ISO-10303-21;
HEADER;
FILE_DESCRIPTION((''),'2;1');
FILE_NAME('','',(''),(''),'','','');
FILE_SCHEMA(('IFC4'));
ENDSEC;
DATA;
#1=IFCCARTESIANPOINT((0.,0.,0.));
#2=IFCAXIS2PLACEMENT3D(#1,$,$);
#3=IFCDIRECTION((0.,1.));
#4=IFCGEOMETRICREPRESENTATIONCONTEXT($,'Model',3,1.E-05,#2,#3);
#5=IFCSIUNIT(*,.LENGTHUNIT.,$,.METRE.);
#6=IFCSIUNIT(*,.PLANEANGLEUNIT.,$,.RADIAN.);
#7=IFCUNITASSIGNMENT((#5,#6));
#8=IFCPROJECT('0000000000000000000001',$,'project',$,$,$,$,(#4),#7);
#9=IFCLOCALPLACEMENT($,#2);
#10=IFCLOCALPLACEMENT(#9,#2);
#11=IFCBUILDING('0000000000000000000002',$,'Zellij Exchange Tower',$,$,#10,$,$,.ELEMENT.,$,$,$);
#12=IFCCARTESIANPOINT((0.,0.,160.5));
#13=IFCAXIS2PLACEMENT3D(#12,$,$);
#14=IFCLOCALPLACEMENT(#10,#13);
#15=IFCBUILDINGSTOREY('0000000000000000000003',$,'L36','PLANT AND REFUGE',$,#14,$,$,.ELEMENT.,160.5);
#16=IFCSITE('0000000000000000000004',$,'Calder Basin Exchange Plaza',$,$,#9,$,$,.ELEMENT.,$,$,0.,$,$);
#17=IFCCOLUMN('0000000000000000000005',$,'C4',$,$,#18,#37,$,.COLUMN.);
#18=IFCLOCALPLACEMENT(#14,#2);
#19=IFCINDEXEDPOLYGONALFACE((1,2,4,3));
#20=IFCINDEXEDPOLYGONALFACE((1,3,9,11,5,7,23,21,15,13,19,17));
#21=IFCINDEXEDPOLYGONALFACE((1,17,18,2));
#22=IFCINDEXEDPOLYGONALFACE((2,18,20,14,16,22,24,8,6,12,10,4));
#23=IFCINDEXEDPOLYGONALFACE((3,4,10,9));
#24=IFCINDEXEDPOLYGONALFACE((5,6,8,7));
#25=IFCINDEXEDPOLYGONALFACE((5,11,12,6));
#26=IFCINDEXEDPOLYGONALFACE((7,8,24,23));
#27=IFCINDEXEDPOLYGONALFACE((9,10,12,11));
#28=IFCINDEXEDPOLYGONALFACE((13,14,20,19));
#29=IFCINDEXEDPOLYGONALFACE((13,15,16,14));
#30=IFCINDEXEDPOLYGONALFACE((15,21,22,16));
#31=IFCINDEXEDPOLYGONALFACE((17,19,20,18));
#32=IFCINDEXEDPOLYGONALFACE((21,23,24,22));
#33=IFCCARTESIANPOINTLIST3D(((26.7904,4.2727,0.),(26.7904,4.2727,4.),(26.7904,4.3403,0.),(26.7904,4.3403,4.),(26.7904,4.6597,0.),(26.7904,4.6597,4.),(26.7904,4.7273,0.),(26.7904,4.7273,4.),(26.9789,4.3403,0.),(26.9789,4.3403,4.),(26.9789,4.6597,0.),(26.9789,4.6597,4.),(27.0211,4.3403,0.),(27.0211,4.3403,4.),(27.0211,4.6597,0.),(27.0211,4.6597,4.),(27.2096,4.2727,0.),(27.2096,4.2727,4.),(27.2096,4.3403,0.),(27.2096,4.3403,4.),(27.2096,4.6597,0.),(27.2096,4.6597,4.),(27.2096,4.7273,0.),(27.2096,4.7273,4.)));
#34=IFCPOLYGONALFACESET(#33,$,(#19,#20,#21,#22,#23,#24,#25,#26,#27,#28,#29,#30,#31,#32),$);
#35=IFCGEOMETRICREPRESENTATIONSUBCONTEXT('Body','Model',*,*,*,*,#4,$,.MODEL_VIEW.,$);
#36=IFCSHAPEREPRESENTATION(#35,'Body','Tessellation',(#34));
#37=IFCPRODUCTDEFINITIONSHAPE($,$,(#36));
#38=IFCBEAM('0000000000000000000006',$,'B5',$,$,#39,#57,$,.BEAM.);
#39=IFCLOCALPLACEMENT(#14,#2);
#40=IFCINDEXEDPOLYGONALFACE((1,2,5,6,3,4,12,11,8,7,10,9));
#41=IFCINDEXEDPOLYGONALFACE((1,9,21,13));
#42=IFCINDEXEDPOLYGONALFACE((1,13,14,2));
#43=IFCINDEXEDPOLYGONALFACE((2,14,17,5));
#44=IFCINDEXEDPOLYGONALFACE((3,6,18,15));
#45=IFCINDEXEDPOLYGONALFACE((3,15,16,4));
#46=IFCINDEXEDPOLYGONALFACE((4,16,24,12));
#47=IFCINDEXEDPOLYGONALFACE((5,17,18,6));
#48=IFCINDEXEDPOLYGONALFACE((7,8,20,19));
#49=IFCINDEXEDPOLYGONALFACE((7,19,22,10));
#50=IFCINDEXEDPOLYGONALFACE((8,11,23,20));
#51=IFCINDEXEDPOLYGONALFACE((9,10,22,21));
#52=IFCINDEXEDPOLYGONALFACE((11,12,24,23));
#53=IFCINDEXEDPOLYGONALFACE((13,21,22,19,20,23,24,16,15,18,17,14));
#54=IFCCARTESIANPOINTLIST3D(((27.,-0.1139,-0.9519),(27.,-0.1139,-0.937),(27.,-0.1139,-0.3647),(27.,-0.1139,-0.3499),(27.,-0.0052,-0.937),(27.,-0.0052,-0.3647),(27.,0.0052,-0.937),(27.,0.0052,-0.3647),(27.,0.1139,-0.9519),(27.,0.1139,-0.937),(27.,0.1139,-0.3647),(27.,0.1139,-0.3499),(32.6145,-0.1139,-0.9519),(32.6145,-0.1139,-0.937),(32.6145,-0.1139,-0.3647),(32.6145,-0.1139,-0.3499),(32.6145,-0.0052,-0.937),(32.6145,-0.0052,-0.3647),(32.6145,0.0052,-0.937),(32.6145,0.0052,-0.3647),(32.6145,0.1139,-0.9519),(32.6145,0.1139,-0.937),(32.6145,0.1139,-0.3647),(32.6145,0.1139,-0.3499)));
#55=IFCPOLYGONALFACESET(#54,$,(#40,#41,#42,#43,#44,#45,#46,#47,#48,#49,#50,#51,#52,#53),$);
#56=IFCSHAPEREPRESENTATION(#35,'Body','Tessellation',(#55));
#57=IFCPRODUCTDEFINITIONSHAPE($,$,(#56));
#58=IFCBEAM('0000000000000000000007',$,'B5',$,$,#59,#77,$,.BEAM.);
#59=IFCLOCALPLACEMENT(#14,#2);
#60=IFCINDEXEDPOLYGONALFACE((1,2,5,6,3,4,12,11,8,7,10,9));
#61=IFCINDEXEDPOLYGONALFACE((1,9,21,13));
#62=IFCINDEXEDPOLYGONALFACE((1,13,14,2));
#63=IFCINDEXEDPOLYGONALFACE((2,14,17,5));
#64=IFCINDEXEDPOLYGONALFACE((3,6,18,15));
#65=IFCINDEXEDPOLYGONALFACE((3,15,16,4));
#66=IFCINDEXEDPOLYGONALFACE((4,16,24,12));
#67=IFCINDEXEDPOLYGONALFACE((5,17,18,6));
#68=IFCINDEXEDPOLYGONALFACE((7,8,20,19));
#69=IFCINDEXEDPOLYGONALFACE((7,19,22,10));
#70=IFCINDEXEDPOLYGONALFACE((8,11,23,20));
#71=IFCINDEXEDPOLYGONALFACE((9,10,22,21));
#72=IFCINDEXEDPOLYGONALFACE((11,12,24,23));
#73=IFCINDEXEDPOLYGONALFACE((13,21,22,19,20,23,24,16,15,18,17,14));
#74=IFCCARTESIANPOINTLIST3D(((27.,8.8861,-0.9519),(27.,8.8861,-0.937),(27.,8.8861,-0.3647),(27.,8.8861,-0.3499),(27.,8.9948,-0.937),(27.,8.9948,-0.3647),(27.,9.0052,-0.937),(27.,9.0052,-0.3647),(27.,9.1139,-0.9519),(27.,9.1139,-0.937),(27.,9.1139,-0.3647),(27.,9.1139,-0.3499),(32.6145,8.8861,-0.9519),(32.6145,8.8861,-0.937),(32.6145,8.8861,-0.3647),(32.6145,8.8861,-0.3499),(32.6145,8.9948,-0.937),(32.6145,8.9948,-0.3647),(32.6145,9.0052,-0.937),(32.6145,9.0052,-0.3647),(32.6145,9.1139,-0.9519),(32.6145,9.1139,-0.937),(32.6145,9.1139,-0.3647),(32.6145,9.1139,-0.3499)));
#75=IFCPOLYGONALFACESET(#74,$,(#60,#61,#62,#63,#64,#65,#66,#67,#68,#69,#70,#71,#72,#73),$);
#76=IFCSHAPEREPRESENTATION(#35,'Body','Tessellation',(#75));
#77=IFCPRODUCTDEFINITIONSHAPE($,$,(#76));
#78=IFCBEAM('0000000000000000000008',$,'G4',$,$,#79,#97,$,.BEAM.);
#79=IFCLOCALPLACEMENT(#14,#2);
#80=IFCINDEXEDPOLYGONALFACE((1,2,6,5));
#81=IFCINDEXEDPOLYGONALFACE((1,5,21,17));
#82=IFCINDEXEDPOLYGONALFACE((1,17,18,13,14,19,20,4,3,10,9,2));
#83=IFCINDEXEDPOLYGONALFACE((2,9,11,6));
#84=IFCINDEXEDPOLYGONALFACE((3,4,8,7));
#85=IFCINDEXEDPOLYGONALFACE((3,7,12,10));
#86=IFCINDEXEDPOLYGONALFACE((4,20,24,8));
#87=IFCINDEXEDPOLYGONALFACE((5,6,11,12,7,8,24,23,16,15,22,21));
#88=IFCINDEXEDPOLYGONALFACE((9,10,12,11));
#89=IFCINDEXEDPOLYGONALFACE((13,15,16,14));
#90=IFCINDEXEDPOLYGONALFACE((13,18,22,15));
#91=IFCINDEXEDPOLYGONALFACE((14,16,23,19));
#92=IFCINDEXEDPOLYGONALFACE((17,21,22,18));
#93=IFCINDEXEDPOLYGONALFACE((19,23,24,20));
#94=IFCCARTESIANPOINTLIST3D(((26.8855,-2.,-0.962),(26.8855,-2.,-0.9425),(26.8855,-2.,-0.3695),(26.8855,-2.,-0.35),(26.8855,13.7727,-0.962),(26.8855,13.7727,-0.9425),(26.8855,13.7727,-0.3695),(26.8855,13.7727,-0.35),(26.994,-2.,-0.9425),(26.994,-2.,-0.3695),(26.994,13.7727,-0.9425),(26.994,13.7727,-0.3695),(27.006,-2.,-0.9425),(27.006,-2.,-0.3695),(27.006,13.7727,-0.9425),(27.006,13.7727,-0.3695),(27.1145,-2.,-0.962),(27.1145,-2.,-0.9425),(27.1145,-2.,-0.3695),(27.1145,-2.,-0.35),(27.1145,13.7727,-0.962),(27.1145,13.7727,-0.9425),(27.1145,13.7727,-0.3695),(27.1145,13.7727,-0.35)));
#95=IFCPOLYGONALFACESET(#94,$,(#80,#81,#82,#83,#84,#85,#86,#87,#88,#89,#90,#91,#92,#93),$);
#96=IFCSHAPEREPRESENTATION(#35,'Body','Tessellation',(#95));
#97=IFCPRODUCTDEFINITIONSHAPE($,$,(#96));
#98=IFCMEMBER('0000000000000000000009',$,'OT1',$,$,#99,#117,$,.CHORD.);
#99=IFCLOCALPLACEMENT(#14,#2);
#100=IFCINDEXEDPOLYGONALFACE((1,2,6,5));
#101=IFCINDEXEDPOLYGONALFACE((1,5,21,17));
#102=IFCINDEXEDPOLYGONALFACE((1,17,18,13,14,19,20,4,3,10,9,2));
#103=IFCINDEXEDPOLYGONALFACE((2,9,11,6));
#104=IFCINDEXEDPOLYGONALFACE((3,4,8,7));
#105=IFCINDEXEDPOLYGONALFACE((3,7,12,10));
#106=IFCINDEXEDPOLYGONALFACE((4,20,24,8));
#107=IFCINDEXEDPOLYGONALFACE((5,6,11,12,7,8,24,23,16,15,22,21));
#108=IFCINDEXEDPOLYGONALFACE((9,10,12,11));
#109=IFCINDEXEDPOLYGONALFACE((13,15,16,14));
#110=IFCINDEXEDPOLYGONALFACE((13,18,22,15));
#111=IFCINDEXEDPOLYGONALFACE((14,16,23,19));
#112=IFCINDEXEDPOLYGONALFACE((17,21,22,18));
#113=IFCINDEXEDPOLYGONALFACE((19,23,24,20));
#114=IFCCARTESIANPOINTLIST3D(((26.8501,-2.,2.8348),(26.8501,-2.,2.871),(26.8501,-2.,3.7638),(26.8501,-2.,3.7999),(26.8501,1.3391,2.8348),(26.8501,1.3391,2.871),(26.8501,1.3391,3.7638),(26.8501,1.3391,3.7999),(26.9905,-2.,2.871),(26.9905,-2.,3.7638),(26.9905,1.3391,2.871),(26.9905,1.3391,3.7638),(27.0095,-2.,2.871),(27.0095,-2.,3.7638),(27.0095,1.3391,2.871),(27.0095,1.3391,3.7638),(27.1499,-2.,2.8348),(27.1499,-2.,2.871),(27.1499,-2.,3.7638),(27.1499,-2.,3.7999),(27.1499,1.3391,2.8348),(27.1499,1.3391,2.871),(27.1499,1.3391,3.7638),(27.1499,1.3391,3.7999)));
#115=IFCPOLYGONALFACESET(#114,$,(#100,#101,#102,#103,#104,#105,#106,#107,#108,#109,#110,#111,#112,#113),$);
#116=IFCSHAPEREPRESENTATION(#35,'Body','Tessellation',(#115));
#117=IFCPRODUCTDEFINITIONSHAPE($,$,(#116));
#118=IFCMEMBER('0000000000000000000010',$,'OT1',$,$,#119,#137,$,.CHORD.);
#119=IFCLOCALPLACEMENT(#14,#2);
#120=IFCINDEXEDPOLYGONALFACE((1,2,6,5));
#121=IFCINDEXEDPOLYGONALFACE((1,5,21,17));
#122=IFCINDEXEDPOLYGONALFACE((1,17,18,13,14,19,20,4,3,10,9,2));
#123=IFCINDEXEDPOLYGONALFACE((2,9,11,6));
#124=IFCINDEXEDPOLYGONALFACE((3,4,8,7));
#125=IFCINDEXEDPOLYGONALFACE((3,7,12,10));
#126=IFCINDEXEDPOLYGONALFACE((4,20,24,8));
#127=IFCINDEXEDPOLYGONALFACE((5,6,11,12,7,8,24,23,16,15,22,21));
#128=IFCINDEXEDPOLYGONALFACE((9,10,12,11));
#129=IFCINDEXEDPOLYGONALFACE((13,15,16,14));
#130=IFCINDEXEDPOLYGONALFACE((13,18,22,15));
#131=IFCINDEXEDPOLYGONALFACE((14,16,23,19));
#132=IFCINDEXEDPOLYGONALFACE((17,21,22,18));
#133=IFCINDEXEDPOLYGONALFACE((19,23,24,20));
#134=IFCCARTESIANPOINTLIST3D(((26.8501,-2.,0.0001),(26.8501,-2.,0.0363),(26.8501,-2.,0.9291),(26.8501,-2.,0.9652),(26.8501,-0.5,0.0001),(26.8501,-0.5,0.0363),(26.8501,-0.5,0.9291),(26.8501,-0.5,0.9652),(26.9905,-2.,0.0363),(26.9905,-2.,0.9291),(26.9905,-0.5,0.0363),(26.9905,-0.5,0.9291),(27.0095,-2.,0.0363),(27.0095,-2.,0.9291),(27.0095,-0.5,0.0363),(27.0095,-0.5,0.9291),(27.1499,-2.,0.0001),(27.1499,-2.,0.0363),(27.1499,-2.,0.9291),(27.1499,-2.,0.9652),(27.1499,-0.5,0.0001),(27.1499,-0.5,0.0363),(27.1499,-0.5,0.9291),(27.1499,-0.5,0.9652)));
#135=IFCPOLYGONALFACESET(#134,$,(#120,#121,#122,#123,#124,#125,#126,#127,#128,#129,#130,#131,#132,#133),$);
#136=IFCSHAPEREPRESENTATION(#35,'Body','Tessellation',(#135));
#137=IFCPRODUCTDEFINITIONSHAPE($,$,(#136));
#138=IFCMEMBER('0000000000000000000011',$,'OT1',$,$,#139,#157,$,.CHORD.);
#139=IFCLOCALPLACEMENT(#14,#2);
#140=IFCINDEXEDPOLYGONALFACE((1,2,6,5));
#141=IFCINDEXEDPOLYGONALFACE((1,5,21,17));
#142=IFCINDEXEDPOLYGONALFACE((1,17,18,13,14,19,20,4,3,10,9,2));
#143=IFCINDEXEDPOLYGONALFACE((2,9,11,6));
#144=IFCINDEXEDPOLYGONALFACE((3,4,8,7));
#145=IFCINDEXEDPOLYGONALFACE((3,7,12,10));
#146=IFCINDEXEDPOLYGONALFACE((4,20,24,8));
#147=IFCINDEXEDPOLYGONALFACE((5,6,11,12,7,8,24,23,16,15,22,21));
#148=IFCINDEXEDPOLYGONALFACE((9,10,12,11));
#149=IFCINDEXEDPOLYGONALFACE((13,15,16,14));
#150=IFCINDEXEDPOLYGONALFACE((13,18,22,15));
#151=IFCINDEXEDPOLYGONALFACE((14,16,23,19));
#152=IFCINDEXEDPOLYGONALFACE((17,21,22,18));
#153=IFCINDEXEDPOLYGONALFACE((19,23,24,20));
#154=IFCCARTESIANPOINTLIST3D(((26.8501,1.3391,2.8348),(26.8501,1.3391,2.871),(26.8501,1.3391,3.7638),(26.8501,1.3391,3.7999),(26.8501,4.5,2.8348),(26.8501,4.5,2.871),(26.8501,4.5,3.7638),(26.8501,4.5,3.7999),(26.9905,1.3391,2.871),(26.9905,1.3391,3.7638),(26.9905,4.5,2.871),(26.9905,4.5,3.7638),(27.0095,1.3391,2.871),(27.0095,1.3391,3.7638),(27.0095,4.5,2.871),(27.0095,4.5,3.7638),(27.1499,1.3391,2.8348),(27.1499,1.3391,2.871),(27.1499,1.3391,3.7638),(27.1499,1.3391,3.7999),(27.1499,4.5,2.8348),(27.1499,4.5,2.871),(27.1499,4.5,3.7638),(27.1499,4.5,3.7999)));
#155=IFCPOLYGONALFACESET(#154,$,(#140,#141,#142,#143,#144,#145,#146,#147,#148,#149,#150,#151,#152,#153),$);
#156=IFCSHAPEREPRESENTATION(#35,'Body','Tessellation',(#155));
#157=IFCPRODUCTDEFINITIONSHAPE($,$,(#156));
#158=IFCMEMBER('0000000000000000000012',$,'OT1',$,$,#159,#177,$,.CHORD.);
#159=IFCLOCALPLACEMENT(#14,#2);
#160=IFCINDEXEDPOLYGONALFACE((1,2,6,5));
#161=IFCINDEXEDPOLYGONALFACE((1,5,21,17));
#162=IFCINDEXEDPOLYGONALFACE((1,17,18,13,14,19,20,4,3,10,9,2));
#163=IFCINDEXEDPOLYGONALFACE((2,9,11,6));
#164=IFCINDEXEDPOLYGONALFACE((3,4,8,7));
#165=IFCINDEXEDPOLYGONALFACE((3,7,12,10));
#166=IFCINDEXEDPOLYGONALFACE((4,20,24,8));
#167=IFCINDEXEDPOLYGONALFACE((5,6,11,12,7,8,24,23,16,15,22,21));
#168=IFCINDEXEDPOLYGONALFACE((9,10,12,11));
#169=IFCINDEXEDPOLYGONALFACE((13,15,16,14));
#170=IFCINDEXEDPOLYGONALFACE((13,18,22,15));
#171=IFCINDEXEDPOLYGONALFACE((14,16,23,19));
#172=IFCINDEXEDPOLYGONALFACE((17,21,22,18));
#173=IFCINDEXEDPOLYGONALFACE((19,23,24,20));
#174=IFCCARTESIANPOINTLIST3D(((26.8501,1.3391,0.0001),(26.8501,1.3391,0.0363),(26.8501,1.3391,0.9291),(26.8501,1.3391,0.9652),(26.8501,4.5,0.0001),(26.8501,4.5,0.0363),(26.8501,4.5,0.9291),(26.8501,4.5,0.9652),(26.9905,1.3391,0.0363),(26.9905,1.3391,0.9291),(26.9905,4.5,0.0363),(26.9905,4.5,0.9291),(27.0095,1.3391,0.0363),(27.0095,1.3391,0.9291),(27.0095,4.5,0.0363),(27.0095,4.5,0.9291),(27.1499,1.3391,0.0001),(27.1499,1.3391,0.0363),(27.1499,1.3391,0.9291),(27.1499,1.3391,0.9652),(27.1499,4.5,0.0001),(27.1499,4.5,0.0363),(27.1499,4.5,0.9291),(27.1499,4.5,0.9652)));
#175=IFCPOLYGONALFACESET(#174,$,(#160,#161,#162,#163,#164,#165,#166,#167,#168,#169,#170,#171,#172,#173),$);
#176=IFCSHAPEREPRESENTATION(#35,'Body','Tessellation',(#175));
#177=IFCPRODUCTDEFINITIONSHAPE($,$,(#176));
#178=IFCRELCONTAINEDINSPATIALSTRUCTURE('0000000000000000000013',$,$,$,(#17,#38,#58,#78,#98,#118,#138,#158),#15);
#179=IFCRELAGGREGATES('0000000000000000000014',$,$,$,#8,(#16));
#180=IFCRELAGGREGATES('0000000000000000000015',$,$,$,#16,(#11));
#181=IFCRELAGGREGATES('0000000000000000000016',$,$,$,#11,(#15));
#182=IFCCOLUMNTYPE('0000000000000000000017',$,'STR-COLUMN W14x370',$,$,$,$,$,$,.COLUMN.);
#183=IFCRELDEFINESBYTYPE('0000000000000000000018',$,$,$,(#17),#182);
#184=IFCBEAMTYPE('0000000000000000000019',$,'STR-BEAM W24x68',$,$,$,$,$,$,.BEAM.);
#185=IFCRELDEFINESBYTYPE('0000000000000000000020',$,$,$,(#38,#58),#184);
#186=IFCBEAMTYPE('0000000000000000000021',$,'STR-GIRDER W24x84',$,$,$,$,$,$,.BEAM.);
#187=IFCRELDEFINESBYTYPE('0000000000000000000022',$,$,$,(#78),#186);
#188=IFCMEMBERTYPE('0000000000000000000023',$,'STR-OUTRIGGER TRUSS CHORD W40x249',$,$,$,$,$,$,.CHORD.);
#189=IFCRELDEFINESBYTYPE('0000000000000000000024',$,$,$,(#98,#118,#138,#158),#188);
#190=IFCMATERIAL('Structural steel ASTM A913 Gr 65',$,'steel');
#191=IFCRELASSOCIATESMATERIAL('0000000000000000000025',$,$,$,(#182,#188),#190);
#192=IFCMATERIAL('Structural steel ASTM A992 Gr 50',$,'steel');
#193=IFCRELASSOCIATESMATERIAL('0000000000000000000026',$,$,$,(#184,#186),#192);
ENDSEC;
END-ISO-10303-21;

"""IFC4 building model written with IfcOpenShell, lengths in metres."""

from ifc_helpers import new_model, si_unit, direction, frame, origin, origin_2d, place, context, subcontext, project, spatial, i_section, extrude, material, material_profile, profile_set, type_object, element, save


model = new_model("IFC4")

# Units and contexts
model_context = context("Model", 3, precision=1e-05, world=origin(), true_north=direction((0.0, 1.0)))
body_context = subcontext(model_context, "Body", "Model", "MODEL_VIEW")
ifc_project = project(units=[si_unit("LENGTHUNIT", "METRE"), si_unit("PLANEANGLEUNIT", "RADIAN")], contexts=[model_context])

# Site, building, storey
site_placement = place(None, origin())
site = spatial("IfcSite", under=ifc_project, at=site_placement, Name="Calder Basin Exchange Plaza", CompositionType="ELEMENT", RefElevation=0.0)
building_placement = place(site_placement, origin())
building = spatial("IfcBuilding", under=site, at=building_placement, Name="Zellij Exchange Tower", CompositionType="ELEMENT")
storey_placement = place(building_placement, frame((0.0, 0.0, 160.5)))
storey = spatial("IfcBuildingStorey", under=building, at=storey_placement, Name="L36", Description="PLANT AND REFUGE", CompositionType="ELEMENT", Elevation=160.5)

# Column
ifc_material_1 = material(Name="Structural steel ASTM A913 Gr 65", Category="steel")
ifc_material_profile_1 = material_profile(ifc_material_1, i_section(OverallWidth=0.4192, OverallDepth=0.4546, WebThickness=0.0422, FlangeThickness=0.0676, at=origin_2d()), Name="W14x370")
ifc_profile_set_1 = profile_set([ifc_material_profile_1], Name="Structural steel ASTM A913 Gr 65")
column_type = type_object("IfcColumnType", Name="STR-COLUMN W14x370", PredefinedType="COLUMN", material=ifc_profile_set_1)
column_placement = place(storey_placement, frame((27.0, 4.5, 0.0), z_axis=(0.0, 0.0, 1.0), x_axis=(1.0, 0.0, 0.0)))
element("IfcColumn", 1, at=column_placement, inside=storey, type_object=column_type, Name="C4", PredefinedType="COLUMN", context=body_context, shape_type="SweptSolid", body=[
    extrude(i_section(OverallWidth=0.4192, OverallDepth=0.4546, WebThickness=0.0422, FlangeThickness=0.0676, at=origin_2d()), origin(), (0.0, 0.0, 1.0), 4.0),
])

# Beams
ifc_material_2 = material(Name="Structural steel ASTM A992 Gr 50", Category="steel")
ifc_material_profile_2 = material_profile(ifc_material_2, i_section(OverallWidth=0.2278, OverallDepth=0.6021, WebThickness=0.0105, FlangeThickness=0.0149, at=origin_2d()), Name="W24x68")
ifc_profile_set_2 = profile_set([ifc_material_profile_2], Name="Structural steel ASTM A992 Gr 50")
beam_type_1 = type_object("IfcBeamType", Name="STR-BEAM W24x68", PredefinedType="BEAM", material=ifc_profile_set_2)
for number, where, z_axis, x_axis, name in (
    (2, (27.0, 0.0, -0.6509), (1.0, 0.0, 0.0), (0.0, 1.0, 0.0), "B5"),
    (3, (27.0, 9.0, -0.6509), (1.0, 0.0, 0.0), (0.0, 1.0, 0.0), "B5"),
):
    element("IfcBeam", number, at=place(storey_placement, frame(where, z_axis=z_axis, x_axis=x_axis)), inside=storey, type_object=beam_type_1, Name=name, PredefinedType="BEAM", context=body_context, shape_type="SweptSolid", body=[
        extrude(i_section(OverallWidth=0.2278, OverallDepth=0.6021, WebThickness=0.0105, FlangeThickness=0.0149, at=origin_2d()), origin(), (0.0, 0.0, 1.0), 5.6145),
    ])
ifc_material_profile_3 = material_profile(ifc_material_2, i_section(OverallWidth=0.229, OverallDepth=0.6121, WebThickness=0.012, FlangeThickness=0.0195, at=origin_2d()), Name="W24x84")
ifc_profile_set_3 = profile_set([ifc_material_profile_3], Name="Structural steel ASTM A992 Gr 50")
beam_type_2 = type_object("IfcBeamType", Name="STR-GIRDER W24x84", PredefinedType="BEAM", material=ifc_profile_set_3)
beam_placement = place(storey_placement, frame((27.0, -2.0, -0.656), z_axis=(0.0, 1.0, 0.0), x_axis=(-1.0, 0.0, 0.0)))
element("IfcBeam", 4, at=beam_placement, inside=storey, type_object=beam_type_2, Name="G4", PredefinedType="BEAM", context=body_context, shape_type="SweptSolid", body=[
    extrude(i_section(OverallWidth=0.229, OverallDepth=0.6121, WebThickness=0.012, FlangeThickness=0.0195, at=origin_2d()), origin(), (0.0, 0.0, 1.0), 15.7727),
])

# Members
ifc_material_profile_4 = material_profile(ifc_material_1, i_section(OverallWidth=0.2998, OverallDepth=0.9651, WebThickness=0.019, FlangeThickness=0.0361, at=origin_2d()), Name="W40x249")
ifc_profile_set_4 = profile_set([ifc_material_profile_4], Name="Structural steel ASTM A913 Gr 65")
member_type_1 = type_object("IfcMemberType", Name="STR-OUTRIGGER TRUSS CHORD W40x249", PredefinedType="CHORD", material=ifc_profile_set_4)
member_1_placement = place(storey_placement, frame((27.0, -2.0, 3.3174), z_axis=(0.0, 1.0, 0.0), x_axis=(-1.0, 0.0, 0.0)))
element("IfcMember", 5, at=member_1_placement, inside=storey, type_object=member_type_1, Name="OT1", PredefinedType="CHORD", context=body_context, shape_type="SweptSolid", body=[
    extrude(i_section(OverallWidth=0.2998, OverallDepth=0.9651, WebThickness=0.019, FlangeThickness=0.0361, at=origin_2d()), origin(), (0.0, 0.0, 1.0), 3.3391),
])
member_2_placement = place(storey_placement, frame((27.0, -2.0, 0.4827), z_axis=(0.0, 1.0, 0.0), x_axis=(-1.0, 0.0, 0.0)))
element("IfcMember", 6, at=member_2_placement, inside=storey, type_object=member_type_1, Name="OT1", PredefinedType="CHORD", context=body_context, shape_type="SweptSolid", body=[
    extrude(i_section(OverallWidth=0.2998, OverallDepth=0.9651, WebThickness=0.019, FlangeThickness=0.0361, at=origin_2d()), origin(), (0.0, 0.0, 1.0), 1.5),
])
for number, where, z_axis, x_axis, name in (
    (7, (27.0, 1.3391, 3.3174), (0.0, 1.0, 0.0), (-1.0, 0.0, 0.0), "OT1"),
    (8, (27.0, 1.3391, 0.4827), (0.0, 1.0, 0.0), (-1.0, 0.0, 0.0), "OT1"),
):
    element("IfcMember", number, at=place(storey_placement, frame(where, z_axis=z_axis, x_axis=x_axis)), inside=storey, type_object=member_type_1, Name=name, PredefinedType="CHORD", context=body_context, shape_type="SweptSolid", body=[
        extrude(i_section(OverallWidth=0.2998, OverallDepth=0.9651, WebThickness=0.019, FlangeThickness=0.0361, at=origin_2d()), origin(), (0.0, 0.0, 1.0), 3.1609),
    ])

save(model, "model.ifc")
